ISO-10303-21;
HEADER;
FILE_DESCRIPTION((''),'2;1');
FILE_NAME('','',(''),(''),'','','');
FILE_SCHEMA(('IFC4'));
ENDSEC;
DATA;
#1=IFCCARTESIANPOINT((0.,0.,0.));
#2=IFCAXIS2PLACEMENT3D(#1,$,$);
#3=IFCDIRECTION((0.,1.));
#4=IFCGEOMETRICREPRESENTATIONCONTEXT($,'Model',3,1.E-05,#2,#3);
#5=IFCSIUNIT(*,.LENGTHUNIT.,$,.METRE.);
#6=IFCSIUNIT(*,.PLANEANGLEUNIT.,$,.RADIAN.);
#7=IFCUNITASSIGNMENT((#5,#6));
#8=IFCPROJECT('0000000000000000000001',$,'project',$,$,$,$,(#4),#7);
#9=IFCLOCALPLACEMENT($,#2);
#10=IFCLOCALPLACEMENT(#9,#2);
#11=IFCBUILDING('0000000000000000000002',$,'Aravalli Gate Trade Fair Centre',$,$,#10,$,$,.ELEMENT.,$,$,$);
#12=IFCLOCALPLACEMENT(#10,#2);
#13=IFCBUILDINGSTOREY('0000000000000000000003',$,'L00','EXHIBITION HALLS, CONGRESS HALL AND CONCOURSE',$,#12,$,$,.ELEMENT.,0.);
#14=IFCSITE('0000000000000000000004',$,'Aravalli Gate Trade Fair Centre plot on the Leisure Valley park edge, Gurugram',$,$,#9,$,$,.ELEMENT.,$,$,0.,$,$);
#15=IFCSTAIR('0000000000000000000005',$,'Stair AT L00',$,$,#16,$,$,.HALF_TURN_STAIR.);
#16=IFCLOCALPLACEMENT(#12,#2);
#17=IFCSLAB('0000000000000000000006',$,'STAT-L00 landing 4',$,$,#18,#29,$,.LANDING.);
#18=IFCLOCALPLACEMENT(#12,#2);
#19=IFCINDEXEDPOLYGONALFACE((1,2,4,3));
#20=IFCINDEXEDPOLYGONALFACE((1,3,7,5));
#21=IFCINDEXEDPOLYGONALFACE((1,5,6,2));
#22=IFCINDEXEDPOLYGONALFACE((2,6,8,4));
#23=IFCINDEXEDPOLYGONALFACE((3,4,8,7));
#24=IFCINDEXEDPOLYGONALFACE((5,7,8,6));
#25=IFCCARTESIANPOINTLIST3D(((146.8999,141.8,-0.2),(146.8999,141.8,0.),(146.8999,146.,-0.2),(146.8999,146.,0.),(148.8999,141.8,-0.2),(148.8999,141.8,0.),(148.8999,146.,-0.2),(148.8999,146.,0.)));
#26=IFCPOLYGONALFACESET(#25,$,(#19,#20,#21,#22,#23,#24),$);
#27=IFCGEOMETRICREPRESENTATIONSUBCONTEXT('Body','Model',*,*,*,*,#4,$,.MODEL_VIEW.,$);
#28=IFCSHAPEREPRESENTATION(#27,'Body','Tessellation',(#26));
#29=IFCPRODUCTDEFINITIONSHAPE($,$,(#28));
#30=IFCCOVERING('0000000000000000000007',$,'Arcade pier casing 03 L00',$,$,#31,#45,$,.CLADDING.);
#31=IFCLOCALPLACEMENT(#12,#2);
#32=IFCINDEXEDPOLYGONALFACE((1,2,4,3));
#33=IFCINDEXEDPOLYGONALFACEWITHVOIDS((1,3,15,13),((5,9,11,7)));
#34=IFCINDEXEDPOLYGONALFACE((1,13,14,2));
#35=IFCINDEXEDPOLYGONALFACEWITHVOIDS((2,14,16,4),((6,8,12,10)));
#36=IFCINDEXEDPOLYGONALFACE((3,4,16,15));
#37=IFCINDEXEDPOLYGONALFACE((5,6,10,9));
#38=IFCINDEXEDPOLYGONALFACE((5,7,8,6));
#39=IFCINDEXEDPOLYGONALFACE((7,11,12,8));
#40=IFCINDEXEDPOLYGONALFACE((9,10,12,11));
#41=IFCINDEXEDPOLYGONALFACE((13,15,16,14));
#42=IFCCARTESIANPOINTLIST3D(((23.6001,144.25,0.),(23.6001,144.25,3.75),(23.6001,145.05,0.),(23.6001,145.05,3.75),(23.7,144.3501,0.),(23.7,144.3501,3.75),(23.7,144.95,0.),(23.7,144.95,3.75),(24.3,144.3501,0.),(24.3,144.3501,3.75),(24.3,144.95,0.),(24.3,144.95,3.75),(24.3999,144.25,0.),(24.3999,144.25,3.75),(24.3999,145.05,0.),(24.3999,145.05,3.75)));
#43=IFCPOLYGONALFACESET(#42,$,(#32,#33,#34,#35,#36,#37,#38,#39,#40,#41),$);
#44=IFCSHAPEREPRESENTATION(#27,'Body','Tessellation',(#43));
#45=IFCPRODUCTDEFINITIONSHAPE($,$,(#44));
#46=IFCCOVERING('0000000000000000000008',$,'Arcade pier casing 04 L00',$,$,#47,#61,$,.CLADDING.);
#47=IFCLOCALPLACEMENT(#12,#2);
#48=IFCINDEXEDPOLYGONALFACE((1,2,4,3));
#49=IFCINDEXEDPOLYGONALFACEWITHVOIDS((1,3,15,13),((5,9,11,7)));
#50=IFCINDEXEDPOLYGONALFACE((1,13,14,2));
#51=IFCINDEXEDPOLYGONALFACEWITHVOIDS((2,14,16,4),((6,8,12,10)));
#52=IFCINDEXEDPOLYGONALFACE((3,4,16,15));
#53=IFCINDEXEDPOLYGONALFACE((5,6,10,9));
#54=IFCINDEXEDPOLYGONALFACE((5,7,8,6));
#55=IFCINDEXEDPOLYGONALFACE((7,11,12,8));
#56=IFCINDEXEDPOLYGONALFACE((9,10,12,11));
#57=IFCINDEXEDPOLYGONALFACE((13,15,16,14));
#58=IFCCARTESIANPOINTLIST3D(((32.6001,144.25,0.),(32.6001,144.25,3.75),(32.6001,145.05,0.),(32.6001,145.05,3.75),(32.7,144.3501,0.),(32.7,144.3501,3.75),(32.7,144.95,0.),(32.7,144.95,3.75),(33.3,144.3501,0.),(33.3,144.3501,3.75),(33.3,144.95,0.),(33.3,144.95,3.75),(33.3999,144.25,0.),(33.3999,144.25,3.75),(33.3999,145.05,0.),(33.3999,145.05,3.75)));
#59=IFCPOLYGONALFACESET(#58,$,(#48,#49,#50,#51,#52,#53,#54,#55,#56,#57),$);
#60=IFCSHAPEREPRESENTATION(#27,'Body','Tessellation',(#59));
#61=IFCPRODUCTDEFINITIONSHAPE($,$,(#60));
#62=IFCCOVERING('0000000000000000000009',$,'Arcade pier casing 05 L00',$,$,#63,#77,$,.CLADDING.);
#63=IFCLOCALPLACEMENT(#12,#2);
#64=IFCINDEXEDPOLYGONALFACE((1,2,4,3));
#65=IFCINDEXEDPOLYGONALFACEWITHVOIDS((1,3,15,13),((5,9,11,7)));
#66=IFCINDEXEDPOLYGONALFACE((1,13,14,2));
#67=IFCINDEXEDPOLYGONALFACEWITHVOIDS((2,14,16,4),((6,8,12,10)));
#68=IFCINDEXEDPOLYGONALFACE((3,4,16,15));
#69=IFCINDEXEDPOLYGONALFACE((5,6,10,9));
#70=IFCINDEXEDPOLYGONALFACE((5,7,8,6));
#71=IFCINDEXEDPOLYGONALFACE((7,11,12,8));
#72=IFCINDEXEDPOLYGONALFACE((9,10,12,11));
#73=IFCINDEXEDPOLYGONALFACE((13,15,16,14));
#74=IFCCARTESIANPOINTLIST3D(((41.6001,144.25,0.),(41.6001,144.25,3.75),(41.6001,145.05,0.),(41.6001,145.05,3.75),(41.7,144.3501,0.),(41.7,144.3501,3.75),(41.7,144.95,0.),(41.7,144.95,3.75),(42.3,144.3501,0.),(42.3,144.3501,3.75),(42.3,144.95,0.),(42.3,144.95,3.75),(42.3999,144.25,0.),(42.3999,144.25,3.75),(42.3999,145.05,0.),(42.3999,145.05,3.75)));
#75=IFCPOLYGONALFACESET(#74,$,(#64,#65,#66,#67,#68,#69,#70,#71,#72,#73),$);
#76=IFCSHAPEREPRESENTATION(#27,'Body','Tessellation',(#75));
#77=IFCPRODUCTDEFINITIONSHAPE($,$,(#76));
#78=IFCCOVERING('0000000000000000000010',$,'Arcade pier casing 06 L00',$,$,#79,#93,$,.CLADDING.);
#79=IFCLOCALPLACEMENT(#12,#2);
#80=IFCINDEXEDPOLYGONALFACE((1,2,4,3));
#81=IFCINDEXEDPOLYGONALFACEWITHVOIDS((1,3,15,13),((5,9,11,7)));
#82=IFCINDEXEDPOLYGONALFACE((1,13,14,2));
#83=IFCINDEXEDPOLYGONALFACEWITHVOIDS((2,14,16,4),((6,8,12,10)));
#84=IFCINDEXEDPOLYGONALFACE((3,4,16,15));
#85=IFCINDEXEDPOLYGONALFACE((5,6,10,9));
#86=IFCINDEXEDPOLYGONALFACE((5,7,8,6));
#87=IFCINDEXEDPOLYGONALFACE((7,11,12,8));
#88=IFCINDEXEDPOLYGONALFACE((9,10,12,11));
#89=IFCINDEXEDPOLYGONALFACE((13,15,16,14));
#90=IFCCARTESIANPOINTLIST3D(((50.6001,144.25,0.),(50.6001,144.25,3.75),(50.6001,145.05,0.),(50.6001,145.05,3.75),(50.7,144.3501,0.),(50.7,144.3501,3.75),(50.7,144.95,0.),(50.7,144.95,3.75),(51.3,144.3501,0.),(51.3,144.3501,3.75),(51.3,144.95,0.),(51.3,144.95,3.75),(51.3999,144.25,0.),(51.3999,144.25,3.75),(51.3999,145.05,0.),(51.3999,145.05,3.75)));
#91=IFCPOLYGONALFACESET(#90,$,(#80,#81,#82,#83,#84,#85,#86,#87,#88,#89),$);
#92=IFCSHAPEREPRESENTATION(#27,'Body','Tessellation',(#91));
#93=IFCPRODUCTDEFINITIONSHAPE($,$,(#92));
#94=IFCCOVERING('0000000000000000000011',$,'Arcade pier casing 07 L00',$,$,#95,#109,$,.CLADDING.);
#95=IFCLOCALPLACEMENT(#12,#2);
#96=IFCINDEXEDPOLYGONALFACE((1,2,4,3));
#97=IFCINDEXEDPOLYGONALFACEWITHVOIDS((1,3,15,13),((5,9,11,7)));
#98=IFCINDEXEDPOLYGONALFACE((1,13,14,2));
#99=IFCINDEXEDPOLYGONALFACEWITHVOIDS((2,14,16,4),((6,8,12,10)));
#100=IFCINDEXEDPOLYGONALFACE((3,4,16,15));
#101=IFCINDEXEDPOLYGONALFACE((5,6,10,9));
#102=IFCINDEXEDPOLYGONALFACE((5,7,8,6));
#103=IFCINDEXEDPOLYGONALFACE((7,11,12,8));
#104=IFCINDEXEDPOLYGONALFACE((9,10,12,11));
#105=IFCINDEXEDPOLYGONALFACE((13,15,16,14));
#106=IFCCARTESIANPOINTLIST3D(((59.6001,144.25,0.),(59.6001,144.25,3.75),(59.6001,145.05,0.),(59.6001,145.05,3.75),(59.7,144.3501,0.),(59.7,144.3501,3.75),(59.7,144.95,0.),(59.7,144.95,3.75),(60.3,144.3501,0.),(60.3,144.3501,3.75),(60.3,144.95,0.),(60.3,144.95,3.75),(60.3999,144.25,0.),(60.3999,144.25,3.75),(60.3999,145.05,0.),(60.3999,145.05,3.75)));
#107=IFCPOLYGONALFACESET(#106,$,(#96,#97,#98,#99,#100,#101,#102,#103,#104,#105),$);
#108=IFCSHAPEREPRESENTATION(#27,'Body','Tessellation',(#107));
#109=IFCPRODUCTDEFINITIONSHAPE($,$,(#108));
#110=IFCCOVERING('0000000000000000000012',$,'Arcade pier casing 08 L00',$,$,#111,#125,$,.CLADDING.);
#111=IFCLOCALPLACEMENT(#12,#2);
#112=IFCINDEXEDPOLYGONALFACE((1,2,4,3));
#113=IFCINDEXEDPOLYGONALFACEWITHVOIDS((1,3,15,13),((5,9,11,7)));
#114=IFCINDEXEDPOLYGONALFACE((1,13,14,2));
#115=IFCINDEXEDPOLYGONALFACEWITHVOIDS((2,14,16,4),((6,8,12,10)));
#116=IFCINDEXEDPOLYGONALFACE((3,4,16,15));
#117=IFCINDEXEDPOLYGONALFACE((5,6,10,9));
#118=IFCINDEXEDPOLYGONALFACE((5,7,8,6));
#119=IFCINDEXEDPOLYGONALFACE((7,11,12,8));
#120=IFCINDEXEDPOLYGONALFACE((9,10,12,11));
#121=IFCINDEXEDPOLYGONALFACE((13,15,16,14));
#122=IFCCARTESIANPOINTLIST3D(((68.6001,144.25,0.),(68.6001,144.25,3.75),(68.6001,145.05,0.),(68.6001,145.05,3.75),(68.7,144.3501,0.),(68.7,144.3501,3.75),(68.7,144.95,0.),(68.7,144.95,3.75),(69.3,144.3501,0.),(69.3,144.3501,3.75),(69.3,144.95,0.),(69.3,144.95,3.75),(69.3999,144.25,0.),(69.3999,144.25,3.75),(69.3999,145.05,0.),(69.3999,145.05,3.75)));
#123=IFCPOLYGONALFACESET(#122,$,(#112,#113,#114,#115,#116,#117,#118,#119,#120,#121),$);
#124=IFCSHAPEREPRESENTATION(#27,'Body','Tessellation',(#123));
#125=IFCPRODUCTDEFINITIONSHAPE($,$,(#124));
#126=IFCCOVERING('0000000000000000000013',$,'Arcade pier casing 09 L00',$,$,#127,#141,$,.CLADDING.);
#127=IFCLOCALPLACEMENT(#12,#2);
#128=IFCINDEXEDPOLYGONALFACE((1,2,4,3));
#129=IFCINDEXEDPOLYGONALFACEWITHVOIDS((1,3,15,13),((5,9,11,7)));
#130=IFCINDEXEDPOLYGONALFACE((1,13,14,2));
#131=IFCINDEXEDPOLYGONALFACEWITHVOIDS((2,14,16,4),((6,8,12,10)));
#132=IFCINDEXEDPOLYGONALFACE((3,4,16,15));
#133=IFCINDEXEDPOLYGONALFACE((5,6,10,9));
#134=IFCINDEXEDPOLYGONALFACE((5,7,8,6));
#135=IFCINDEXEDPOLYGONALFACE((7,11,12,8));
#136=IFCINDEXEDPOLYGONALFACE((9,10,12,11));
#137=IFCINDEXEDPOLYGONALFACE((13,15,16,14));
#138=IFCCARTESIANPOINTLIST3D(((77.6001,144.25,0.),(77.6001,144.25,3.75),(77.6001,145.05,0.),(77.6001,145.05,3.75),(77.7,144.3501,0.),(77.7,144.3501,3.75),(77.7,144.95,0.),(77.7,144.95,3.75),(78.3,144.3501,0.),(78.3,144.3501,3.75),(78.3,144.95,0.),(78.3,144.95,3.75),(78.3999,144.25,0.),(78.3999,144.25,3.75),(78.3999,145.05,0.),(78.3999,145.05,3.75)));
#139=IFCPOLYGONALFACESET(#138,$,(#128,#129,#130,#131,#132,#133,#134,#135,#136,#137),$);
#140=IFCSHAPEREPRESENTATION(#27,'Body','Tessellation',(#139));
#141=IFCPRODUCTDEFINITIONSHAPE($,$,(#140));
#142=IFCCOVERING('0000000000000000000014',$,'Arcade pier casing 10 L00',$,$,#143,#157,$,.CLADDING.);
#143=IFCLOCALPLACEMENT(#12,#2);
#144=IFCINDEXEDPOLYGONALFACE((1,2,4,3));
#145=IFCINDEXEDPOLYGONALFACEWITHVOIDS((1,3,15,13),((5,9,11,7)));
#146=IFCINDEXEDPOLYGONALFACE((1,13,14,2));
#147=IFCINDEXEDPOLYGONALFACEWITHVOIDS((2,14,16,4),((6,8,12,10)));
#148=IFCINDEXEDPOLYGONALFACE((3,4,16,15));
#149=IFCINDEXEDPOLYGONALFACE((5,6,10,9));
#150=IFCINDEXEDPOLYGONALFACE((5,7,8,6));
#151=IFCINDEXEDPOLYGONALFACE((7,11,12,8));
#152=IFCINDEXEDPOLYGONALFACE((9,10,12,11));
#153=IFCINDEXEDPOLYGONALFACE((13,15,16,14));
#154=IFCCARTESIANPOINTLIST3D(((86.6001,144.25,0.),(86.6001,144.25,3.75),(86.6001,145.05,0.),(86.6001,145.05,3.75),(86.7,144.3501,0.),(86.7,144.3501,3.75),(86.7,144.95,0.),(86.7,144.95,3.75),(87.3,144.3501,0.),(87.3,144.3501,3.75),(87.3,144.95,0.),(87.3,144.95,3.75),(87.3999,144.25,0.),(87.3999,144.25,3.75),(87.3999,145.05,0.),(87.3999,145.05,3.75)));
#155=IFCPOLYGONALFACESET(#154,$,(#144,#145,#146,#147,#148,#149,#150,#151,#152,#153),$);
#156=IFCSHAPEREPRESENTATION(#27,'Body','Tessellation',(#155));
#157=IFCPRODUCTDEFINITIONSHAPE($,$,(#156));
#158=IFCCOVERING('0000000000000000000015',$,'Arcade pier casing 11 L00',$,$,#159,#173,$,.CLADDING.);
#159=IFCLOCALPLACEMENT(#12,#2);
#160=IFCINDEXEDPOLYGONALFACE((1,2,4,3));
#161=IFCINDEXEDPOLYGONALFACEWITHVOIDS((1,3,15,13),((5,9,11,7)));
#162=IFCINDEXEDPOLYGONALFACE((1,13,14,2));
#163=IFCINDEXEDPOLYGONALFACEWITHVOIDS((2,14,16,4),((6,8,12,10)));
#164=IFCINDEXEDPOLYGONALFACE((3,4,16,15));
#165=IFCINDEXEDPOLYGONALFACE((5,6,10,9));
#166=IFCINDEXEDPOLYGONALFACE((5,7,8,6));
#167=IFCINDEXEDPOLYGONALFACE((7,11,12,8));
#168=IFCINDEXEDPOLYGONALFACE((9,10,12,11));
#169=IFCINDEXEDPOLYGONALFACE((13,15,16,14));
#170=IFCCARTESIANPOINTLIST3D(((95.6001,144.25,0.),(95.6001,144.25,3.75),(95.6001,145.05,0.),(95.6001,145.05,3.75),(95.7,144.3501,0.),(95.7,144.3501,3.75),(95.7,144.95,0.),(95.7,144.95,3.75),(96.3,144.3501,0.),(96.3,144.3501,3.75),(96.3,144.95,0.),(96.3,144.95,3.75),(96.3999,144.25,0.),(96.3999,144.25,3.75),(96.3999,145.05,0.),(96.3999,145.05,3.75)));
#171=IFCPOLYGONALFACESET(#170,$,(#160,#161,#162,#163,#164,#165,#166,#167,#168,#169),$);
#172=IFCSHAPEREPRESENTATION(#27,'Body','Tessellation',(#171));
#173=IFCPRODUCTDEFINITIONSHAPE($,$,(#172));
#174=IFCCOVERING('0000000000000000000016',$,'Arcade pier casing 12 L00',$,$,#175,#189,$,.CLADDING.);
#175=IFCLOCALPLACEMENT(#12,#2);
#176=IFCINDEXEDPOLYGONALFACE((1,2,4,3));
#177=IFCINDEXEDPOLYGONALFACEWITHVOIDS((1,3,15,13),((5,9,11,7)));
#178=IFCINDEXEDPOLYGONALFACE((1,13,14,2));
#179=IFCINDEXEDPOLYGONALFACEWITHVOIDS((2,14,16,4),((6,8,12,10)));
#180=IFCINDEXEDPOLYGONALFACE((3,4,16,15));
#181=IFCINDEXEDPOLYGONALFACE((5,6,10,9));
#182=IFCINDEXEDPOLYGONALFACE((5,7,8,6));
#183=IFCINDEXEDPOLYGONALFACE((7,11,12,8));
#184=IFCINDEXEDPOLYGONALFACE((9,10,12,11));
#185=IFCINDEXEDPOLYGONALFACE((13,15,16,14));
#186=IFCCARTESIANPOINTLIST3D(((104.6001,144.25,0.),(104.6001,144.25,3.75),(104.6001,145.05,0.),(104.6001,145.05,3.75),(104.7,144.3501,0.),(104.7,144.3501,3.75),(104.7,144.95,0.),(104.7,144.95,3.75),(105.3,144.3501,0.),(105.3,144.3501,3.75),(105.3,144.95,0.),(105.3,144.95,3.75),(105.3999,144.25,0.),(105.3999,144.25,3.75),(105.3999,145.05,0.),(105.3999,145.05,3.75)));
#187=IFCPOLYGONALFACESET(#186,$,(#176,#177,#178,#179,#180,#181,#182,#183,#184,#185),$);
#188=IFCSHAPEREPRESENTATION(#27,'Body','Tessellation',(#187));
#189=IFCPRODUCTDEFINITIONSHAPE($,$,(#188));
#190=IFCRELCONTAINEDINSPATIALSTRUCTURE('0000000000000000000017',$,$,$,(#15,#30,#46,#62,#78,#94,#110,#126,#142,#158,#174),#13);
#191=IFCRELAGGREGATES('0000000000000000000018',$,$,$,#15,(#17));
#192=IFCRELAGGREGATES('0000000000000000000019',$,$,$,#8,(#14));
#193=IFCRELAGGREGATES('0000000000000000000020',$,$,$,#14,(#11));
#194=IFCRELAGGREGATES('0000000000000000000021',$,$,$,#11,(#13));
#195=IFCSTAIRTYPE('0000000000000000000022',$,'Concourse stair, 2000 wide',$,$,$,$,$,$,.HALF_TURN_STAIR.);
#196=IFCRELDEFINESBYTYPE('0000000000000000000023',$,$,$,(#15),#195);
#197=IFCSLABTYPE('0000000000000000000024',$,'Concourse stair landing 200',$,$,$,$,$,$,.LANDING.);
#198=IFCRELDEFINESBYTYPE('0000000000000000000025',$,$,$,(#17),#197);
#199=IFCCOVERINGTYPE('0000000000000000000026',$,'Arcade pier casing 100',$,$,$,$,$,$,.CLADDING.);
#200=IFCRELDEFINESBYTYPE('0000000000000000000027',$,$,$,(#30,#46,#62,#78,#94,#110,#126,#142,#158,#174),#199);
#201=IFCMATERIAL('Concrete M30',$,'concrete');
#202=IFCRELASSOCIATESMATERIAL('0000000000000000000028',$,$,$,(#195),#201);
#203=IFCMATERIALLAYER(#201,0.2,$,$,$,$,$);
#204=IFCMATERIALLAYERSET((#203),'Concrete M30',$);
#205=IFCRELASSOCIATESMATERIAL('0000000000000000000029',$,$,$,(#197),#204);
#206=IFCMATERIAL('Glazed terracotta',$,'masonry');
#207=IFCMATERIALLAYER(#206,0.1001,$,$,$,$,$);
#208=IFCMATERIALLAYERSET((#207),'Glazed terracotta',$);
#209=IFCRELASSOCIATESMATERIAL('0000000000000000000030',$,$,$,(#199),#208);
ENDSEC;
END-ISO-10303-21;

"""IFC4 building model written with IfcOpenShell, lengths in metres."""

from ifc_helpers import new_model, si_unit, direction, frame, origin, place, context, subcontext, project, spatial, polyline, outline, extrude, material, layer, layer_set, type_object, element, aggregate, save


model = new_model("IFC4")

# Units and contexts
model_context = context("Model", 3, precision=1e-05, world=origin(), true_north=direction((0.0, 1.0)))
body_context = subcontext(model_context, "Body", "Model", "MODEL_VIEW")
ifc_project = project(units=[si_unit("LENGTHUNIT", "METRE"), si_unit("PLANEANGLEUNIT", "RADIAN")], contexts=[model_context])

# Site, building, storey
site_placement = place(None, origin())
site = spatial("IfcSite", under=ifc_project, at=site_placement, Name="Aravalli Gate Trade Fair Centre plot on the Leisure Valley park edge, Gurugram", CompositionType="ELEMENT", RefElevation=0.0)
building_placement = place(site_placement, origin())
building = spatial("IfcBuilding", under=site, at=building_placement, Name="Aravalli Gate Trade Fair Centre", CompositionType="ELEMENT")
storey_placement = place(building_placement, origin())
storey = spatial("IfcBuildingStorey", under=building, at=storey_placement, Name="L00", Description="EXHIBITION HALLS, CONGRESS HALL AND CONCOURSE", CompositionType="ELEMENT", Elevation=0.0)

# Stair, slab
ifc_material_1 = material(Name="Concrete M30", Category="concrete")
stair_type = type_object("IfcStairType", Name="Concourse stair, 2000 wide", PredefinedType="HALF_TURN_STAIR", material=ifc_material_1)
stair_placement = place(storey_placement, origin())
stair = element("IfcStair", 1, at=stair_placement, inside=storey, type_object=stair_type, Name="Stair AT L00", PredefinedType="HALF_TURN_STAIR")
ifc_layer_1 = layer(ifc_material_1, 0.2)
ifc_layer_set_1 = layer_set([ifc_layer_1], Name="Concrete M30")
slab_type = type_object("IfcSlabType", Name="Concourse stair landing 200", PredefinedType="LANDING", material=ifc_layer_set_1)
slab_placement = place(storey_placement, frame((0.0, 0.0, -0.2)))
slab = element("IfcSlab", 2, at=slab_placement, type_object=slab_type, Name="STAT-L00 landing 4", PredefinedType="LANDING", context=body_context, shape_type="SweptSolid", body=[
    extrude(outline(polyline([(146.8999, 141.8), (148.8999, 141.8), (148.8999, 146.0), (146.8999, 146.0), (146.8999, 141.8)])), origin(), (0.0, 0.0, 1.0), 0.2),
])
aggregate(stair, [slab])

# Coverings
ifc_material_2 = material(Name="Glazed terracotta", Category="masonry")
ifc_layer_2 = layer(ifc_material_2, 0.1001)
ifc_layer_set_2 = layer_set([ifc_layer_2], Name="Glazed terracotta")
covering_type_1 = type_object("IfcCoveringType", Name="Arcade pier casing 100", PredefinedType="CLADDING", material=ifc_layer_set_2)
covering_1_placement = place(storey_placement, origin())
element("IfcCovering", 3, at=covering_1_placement, inside=storey, type_object=covering_type_1, Name="Arcade pier casing 03 L00", PredefinedType="CLADDING", context=body_context, shape_type="SweptSolid", body=[
    extrude(outline(polyline([(23.6001, 144.25), (24.3999, 144.25), (24.3999, 145.05), (23.6001, 145.05), (23.6001, 144.25)]), holes=[polyline([(24.3, 144.95), (24.3, 144.3501), (23.7, 144.3501), (23.7, 144.95), (24.3, 144.95)])]), origin(), (0.0, 0.0, 1.0), 3.75),
])
covering_2_placement = place(storey_placement, origin())
element("IfcCovering", 4, at=covering_2_placement, inside=storey, type_object=covering_type_1, Name="Arcade pier casing 04 L00", PredefinedType="CLADDING", context=body_context, shape_type="SweptSolid", body=[
    extrude(outline(polyline([(32.6001, 144.25), (33.3999, 144.25), (33.3999, 145.05), (32.6001, 145.05), (32.6001, 144.25)]), holes=[polyline([(33.3, 144.95), (33.3, 144.3501), (32.7, 144.3501), (32.7, 144.95), (33.3, 144.95)])]), origin(), (0.0, 0.0, 1.0), 3.75),
])
covering_3_placement = place(storey_placement, origin())
element("IfcCovering", 5, at=covering_3_placement, inside=storey, type_object=covering_type_1, Name="Arcade pier casing 05 L00", PredefinedType="CLADDING", context=body_context, shape_type="SweptSolid", body=[
    extrude(outline(polyline([(41.6001, 144.25), (42.3999, 144.25), (42.3999, 145.05), (41.6001, 145.05), (41.6001, 144.25)]), holes=[polyline([(42.3, 144.95), (42.3, 144.3501), (41.7, 144.3501), (41.7, 144.95), (42.3, 144.95)])]), origin(), (0.0, 0.0, 1.0), 3.75),
])
covering_4_placement = place(storey_placement, origin())
element("IfcCovering", 6, at=covering_4_placement, inside=storey, type_object=covering_type_1, Name="Arcade pier casing 06 L00", PredefinedType="CLADDING", context=body_context, shape_type="SweptSolid", body=[
    extrude(outline(polyline([(50.6001, 144.25), (51.3999, 144.25), (51.3999, 145.05), (50.6001, 145.05), (50.6001, 144.25)]), holes=[polyline([(51.3, 144.95), (51.3, 144.3501), (50.7, 144.3501), (50.7, 144.95), (51.3, 144.95)])]), origin(), (0.0, 0.0, 1.0), 3.75),
])
covering_5_placement = place(storey_placement, origin())
element("IfcCovering", 7, at=covering_5_placement, inside=storey, type_object=covering_type_1, Name="Arcade pier casing 07 L00", PredefinedType="CLADDING", context=body_context, shape_type="SweptSolid", body=[
    extrude(outline(polyline([(59.6001, 144.25), (60.3999, 144.25), (60.3999, 145.05), (59.6001, 145.05), (59.6001, 144.25)]), holes=[polyline([(60.3, 144.95), (60.3, 144.3501), (59.7, 144.3501), (59.7, 144.95), (60.3, 144.95)])]), origin(), (0.0, 0.0, 1.0), 3.75),
])
covering_6_placement = place(storey_placement, origin())
element("IfcCovering", 8, at=covering_6_placement, inside=storey, type_object=covering_type_1, Name="Arcade pier casing 08 L00", PredefinedType="CLADDING", context=body_context, shape_type="SweptSolid", body=[
    extrude(outline(polyline([(68.6001, 144.25), (69.3999, 144.25), (69.3999, 145.05), (68.6001, 145.05), (68.6001, 144.25)]), holes=[polyline([(69.3, 144.95), (69.3, 144.3501), (68.7, 144.3501), (68.7, 144.95), (69.3, 144.95)])]), origin(), (0.0, 0.0, 1.0), 3.75),
])
covering_7_placement = place(storey_placement, origin())
element("IfcCovering", 9, at=covering_7_placement, inside=storey, type_object=covering_type_1, Name="Arcade pier casing 09 L00", PredefinedType="CLADDING", context=body_context, shape_type="SweptSolid", body=[
    extrude(outline(polyline([(77.6001, 144.25), (78.3999, 144.25), (78.3999, 145.05), (77.6001, 145.05), (77.6001, 144.25)]), holes=[polyline([(78.3, 144.95), (78.3, 144.3501), (77.7, 144.3501), (77.7, 144.95), (78.3, 144.95)])]), origin(), (0.0, 0.0, 1.0), 3.75),
])
covering_8_placement = place(storey_placement, origin())
element("IfcCovering", 10, at=covering_8_placement, inside=storey, type_object=covering_type_1, Name="Arcade pier casing 10 L00", PredefinedType="CLADDING", context=body_context, shape_type="SweptSolid", body=[
    extrude(outline(polyline([(86.6001, 144.25), (87.3999, 144.25), (87.3999, 145.05), (86.6001, 145.05), (86.6001, 144.25)]), holes=[polyline([(87.3, 144.95), (87.3, 144.3501), (86.7, 144.3501), (86.7, 144.95), (87.3, 144.95)])]), origin(), (0.0, 0.0, 1.0), 3.75),
])
covering_9_placement = place(storey_placement, origin())
element("IfcCovering", 11, at=covering_9_placement, inside=storey, type_object=covering_type_1, Name="Arcade pier casing 11 L00", PredefinedType="CLADDING", context=body_context, shape_type="SweptSolid", body=[
    extrude(outline(polyline([(95.6001, 144.25), (96.3999, 144.25), (96.3999, 145.05), (95.6001, 145.05), (95.6001, 144.25)]), holes=[polyline([(96.3, 144.95), (96.3, 144.3501), (95.7, 144.3501), (95.7, 144.95), (96.3, 144.95)])]), origin(), (0.0, 0.0, 1.0), 3.75),
])
covering_10_placement = place(storey_placement, origin())
element("IfcCovering", 12, at=covering_10_placement, inside=storey, type_object=covering_type_1, Name="Arcade pier casing 12 L00", PredefinedType="CLADDING", context=body_context, shape_type="SweptSolid", body=[
    extrude(outline(polyline([(104.6001, 144.25), (105.3999, 144.25), (105.3999, 145.05), (104.6001, 145.05), (104.6001, 144.25)]), holes=[polyline([(105.3, 144.95), (105.3, 144.3501), (104.7, 144.3501), (104.7, 144.95), (105.3, 144.95)])]), origin(), (0.0, 0.0, 1.0), 3.75),
])

save(model, "model.ifc")
